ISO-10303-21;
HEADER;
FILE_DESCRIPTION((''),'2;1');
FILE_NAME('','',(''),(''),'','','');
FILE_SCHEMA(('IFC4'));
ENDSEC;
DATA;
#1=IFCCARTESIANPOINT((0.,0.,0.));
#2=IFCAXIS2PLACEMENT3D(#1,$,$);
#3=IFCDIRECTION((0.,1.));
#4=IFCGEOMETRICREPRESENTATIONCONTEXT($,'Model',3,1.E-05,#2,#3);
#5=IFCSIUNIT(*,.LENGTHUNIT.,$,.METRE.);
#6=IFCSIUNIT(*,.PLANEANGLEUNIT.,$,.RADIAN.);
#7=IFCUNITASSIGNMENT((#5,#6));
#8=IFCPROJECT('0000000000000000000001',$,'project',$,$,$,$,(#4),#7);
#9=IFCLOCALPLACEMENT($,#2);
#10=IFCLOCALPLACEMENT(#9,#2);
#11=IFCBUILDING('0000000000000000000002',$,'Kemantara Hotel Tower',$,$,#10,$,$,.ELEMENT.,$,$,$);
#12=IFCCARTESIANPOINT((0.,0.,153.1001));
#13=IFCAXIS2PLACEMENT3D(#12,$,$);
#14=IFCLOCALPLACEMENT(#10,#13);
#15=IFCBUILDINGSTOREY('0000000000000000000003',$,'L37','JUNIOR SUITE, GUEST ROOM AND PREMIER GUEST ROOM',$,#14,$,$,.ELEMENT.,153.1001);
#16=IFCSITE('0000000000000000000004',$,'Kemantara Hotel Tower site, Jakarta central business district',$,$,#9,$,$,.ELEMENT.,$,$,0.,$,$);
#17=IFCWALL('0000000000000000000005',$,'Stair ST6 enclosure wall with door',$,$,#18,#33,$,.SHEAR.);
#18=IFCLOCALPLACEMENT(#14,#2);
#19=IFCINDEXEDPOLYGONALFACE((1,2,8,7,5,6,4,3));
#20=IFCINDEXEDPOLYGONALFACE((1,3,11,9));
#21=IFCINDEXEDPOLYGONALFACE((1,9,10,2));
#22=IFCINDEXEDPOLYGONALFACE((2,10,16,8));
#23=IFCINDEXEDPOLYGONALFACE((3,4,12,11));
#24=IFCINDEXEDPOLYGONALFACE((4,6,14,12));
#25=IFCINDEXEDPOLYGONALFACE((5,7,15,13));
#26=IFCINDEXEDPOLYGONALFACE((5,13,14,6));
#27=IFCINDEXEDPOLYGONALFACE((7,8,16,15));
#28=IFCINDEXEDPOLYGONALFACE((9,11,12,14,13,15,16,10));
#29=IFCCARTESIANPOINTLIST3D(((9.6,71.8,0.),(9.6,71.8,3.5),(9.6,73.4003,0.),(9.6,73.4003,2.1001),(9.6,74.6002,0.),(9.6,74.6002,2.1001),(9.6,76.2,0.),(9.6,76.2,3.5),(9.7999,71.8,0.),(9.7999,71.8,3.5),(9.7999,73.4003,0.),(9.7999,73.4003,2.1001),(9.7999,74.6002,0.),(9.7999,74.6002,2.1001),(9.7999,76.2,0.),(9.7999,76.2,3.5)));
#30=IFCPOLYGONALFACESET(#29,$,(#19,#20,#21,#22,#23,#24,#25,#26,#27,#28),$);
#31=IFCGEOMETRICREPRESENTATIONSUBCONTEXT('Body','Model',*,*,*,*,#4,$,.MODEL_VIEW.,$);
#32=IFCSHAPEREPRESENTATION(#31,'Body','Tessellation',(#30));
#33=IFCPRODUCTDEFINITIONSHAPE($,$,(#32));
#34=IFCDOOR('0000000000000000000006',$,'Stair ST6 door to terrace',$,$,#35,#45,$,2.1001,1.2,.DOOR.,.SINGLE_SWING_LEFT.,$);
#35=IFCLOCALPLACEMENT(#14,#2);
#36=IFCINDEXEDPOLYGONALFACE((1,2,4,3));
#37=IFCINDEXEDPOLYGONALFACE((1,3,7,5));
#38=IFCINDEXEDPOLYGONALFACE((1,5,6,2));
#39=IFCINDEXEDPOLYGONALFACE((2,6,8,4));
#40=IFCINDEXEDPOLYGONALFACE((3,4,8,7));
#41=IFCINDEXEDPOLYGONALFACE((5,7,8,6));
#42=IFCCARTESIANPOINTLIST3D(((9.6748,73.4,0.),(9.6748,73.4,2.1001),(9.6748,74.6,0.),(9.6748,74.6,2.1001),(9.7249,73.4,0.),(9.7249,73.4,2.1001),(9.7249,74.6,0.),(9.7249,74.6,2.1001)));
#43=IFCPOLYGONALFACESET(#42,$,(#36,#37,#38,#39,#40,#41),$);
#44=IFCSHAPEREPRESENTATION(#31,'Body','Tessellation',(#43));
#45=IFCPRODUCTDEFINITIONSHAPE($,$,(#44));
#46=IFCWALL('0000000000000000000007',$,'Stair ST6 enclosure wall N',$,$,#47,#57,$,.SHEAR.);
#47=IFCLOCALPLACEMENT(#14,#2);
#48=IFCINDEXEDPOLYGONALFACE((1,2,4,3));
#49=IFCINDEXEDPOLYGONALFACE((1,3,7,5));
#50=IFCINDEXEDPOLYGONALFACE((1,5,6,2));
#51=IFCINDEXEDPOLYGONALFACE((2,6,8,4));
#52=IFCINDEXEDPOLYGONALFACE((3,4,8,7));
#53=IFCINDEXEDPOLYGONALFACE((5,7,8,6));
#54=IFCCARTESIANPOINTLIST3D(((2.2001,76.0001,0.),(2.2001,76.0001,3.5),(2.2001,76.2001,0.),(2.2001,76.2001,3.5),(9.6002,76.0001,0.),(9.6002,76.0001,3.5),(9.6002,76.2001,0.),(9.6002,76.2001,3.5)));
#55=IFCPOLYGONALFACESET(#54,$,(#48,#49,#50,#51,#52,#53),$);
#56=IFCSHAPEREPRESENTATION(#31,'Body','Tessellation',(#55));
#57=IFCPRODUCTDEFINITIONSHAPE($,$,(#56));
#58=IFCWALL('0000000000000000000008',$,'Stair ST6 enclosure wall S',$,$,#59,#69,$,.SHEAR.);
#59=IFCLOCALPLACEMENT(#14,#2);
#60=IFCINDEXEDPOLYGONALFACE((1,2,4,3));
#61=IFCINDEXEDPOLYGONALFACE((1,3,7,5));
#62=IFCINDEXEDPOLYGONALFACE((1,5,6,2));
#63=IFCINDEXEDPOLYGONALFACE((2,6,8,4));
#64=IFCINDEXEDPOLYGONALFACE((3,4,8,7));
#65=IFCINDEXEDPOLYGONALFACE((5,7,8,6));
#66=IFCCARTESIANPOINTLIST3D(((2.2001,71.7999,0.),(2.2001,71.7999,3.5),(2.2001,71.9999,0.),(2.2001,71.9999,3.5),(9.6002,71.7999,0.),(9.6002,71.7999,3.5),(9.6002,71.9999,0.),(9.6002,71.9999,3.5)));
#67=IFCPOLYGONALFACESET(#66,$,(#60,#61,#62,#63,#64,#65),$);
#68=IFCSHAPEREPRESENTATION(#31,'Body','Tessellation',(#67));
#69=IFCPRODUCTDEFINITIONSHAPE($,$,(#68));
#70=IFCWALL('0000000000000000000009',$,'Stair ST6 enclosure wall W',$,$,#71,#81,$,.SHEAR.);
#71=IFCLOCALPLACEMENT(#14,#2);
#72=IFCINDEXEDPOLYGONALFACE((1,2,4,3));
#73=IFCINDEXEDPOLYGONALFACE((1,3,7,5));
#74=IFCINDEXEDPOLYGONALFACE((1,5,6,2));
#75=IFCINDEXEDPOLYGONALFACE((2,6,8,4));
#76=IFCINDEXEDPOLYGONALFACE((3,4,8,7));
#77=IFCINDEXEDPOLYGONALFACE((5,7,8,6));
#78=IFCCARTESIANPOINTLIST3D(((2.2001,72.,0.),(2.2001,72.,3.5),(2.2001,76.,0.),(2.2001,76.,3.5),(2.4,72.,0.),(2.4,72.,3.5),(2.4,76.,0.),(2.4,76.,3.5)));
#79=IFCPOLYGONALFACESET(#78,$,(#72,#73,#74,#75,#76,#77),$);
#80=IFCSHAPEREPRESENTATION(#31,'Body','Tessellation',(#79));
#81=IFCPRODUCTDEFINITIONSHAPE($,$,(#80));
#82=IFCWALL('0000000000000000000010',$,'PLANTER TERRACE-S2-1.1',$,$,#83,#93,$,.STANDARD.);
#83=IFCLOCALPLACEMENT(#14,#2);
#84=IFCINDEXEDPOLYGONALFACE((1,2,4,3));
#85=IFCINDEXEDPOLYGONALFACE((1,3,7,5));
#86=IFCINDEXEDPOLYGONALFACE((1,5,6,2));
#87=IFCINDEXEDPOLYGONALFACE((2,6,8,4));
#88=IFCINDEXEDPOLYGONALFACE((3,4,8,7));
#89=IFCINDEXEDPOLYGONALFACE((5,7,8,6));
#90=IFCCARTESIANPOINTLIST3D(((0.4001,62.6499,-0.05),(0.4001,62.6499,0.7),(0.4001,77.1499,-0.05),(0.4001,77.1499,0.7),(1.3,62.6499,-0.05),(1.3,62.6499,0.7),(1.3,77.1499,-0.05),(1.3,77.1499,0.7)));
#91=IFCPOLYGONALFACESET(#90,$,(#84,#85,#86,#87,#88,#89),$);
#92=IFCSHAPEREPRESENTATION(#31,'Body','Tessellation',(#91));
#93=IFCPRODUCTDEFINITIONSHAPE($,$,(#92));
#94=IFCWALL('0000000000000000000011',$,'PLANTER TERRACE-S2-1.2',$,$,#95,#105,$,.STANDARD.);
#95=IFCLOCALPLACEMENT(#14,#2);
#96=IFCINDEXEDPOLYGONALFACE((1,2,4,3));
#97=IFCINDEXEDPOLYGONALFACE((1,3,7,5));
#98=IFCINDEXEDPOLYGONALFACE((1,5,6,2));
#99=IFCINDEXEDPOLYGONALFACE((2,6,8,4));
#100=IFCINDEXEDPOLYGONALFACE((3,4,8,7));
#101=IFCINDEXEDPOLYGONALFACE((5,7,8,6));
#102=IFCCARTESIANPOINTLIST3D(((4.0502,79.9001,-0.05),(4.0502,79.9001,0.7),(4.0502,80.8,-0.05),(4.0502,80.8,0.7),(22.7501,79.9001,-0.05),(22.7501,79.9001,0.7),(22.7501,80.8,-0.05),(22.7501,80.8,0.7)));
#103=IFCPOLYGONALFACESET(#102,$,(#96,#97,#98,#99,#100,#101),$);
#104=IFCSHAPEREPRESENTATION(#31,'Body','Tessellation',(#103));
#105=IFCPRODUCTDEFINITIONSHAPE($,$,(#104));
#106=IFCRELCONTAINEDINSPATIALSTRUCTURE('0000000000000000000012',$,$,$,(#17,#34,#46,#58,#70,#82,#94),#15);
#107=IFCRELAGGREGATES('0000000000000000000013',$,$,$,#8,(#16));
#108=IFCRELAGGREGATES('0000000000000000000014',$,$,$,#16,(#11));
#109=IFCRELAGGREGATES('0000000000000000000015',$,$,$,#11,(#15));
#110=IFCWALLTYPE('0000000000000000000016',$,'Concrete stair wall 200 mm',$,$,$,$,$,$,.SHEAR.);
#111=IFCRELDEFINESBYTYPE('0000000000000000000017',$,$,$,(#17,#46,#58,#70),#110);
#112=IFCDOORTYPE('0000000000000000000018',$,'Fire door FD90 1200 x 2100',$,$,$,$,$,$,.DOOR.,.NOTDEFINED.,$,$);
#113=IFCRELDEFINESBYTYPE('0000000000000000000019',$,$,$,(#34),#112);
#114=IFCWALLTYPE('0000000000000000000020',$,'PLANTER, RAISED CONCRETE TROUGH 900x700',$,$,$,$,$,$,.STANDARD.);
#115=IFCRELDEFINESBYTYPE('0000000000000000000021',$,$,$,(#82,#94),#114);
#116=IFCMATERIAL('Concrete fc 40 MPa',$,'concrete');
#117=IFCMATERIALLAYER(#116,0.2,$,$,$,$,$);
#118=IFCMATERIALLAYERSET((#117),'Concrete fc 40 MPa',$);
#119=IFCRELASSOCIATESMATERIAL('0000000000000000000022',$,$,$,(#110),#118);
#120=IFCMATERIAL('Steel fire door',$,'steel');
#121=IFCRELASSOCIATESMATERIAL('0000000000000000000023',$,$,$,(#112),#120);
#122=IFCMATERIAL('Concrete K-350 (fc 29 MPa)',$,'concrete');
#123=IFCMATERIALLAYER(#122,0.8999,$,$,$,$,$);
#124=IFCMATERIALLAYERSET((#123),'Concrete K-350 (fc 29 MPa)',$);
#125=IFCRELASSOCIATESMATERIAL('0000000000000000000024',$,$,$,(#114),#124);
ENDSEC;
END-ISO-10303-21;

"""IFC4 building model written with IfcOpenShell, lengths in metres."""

from ifc_helpers import new_model, si_unit, direction, frame, frame_2d, origin, place, context, subcontext, project, spatial, rectangle, extrude, material, layer, layer_set, type_object, element, fill, save


model = new_model("IFC4")

# Units and contexts
model_context = context("Model", 3, precision=1e-05, world=origin(), true_north=direction((0.0, 1.0)))
body_context = subcontext(model_context, "Body", "Model", "MODEL_VIEW")
ifc_project = project(units=[si_unit("LENGTHUNIT", "METRE"), si_unit("PLANEANGLEUNIT", "RADIAN")], contexts=[model_context])

# Site, building, storey
site_placement = place(None, origin())
site = spatial("IfcSite", under=ifc_project, at=site_placement, Name="Kemantara Hotel Tower site, Jakarta central business district", CompositionType="ELEMENT", RefElevation=0.0)
building_placement = place(site_placement, origin())
building = spatial("IfcBuilding", under=site, at=building_placement, Name="Kemantara Hotel Tower", CompositionType="ELEMENT")
storey_placement = place(building_placement, frame((0.0, 0.0, 153.1001)))
storey = spatial("IfcBuildingStorey", under=building, at=storey_placement, Name="L37", Description="JUNIOR SUITE, GUEST ROOM AND PREMIER GUEST ROOM", CompositionType="ELEMENT", Elevation=153.1001)

# Wall, opening, door
ifc_material_1 = material(Name="Concrete fc 40 MPa", Category="concrete")
ifc_layer_1 = layer(ifc_material_1, 0.2)
ifc_layer_set_1 = layer_set([ifc_layer_1], Name="Concrete fc 40 MPa")
wall_type_1 = type_object("IfcWallType", Name="Concrete stair wall 200 mm", PredefinedType="SHEAR", material=ifc_layer_set_1)
wall_1_placement = place(storey_placement, frame((9.7, 71.8, 0.0), z_axis=(0.0, 0.0, 1.0), x_axis=(0.0, 1.0, 0.0)))
wall_1 = element("IfcWall", 1, at=wall_1_placement, inside=storey, type_object=wall_type_1, Name="Stair ST6 enclosure wall with door", PredefinedType="SHEAR", context=body_context, shape_type="SweptSolid", body=[
    extrude(rectangle(XDim=4.3999, YDim=0.2, at=frame_2d((2.2, 0.0))), origin(), (0.0, 0.0, 1.0), 3.5),
])
opening_1_placement = place(wall_1_placement, frame((1.6001, 0.0, 0.0)))
opening_1 = element("IfcOpeningElement", 2, at=opening_1_placement, cuts=wall_1, PredefinedType="OPENING", context=body_context, shape_type="SweptSolid", body=[
    extrude(rectangle(XDim=1.2, YDim=2.1001, at=frame_2d((0.6001, 1.05))), frame((0.0, 0.1099, 0.0), z_axis=(0.0, -1.0, 0.0), x_axis=(1.0, 0.0, 0.0)), (0.0, 0.0, 1.0), 0.22),
])
ifc_material_2 = material(Name="Steel fire door", Category="steel")
door_type_1 = type_object("IfcDoorType", Name="Fire door FD90 1200 x 2100", OperationType="NOTDEFINED", PredefinedType="DOOR", material=ifc_material_2)
door_1_placement = place(opening_1_placement, frame((1.2, 0.0, 0.0), z_axis=(0.0, 0.0, 1.0), x_axis=(-1.0, 0.0, 0.0)))
door_1 = element("IfcDoor", 3, at=door_1_placement, inside=storey, type_object=door_type_1, Name="Stair ST6 door to terrace", OperationType="SINGLE_SWING_LEFT", OverallHeight=2.1001, OverallWidth=1.2, PredefinedType="DOOR", context=body_context, shape_type="SweptSolid", body=[
    extrude(rectangle(XDim=1.2, YDim=2.1001, at=frame_2d((0.6001, 1.05))), frame((0.0, 0.0249, 0.0), z_axis=(0.0, -1.0, 0.0), x_axis=(1.0, 0.0, 0.0)), (0.0, 0.0, 1.0), 0.05),
])
fill(opening_1, door_1)

# Walls
for number, where, z_axis, x_axis, name in (
    (4, (2.2, 76.1001, 0.0), (0.0, 0.0, 1.0), (1.0, 0.0, 0.0), "Stair ST6 enclosure wall N"),
    (5, (2.2, 71.8999, 0.0), (0.0, 0.0, 1.0), (1.0, 0.0, 0.0), "Stair ST6 enclosure wall S"),
):
    element("IfcWall", number, at=place(storey_placement, frame(where, z_axis=z_axis, x_axis=x_axis)), inside=storey, type_object=wall_type_1, Name=name, PredefinedType="SHEAR", context=body_context, shape_type="SweptSolid", body=[
        extrude(rectangle(XDim=7.4001, YDim=0.2, at=frame_2d((3.7002, 0.0))), origin(), (0.0, 0.0, 1.0), 3.5),
    ])
wall_2_placement = place(storey_placement, frame((2.3, 72.0, 0.0), z_axis=(0.0, 0.0, 1.0), x_axis=(0.0, 1.0, 0.0)))
element("IfcWall", 6, at=wall_2_placement, inside=storey, type_object=wall_type_1, Name="Stair ST6 enclosure wall W", PredefinedType="SHEAR", context=body_context, shape_type="SweptSolid", body=[
    extrude(rectangle(XDim=4.0, YDim=0.2, at=frame_2d((2.0, 0.0))), origin(), (0.0, 0.0, 1.0), 3.5),
])
ifc_material_3 = material(Name="Concrete K-350 (fc 29 MPa)", Category="concrete")
ifc_layer_2 = layer(ifc_material_3, 0.8999)
ifc_layer_set_2 = layer_set([ifc_layer_2], Name="Concrete K-350 (fc 29 MPa)")
wall_type_2 = type_object("IfcWallType", Name="PLANTER, RAISED CONCRETE TROUGH 900x700", PredefinedType="STANDARD", material=ifc_layer_set_2)
wall_3_placement = place(storey_placement, frame((0.8501, 62.6499, -0.05), z_axis=(0.0, 0.0, 1.0), x_axis=(0.0, 1.0, 0.0)))
element("IfcWall", 7, at=wall_3_placement, inside=storey, type_object=wall_type_2, Name="PLANTER TERRACE-S2-1.1", PredefinedType="STANDARD", context=body_context, shape_type="SweptSolid", body=[
    extrude(rectangle(XDim=14.5, YDim=0.8999, at=frame_2d((7.25, 0.0))), origin(), (0.0, 0.0, 1.0), 0.75),
])
wall_4_placement = place(storey_placement, frame((4.05, 80.3501, -0.05), z_axis=(0.0, 0.0, 1.0), x_axis=(1.0, 0.0, 0.0)))
element("IfcWall", 8, at=wall_4_placement, inside=storey, type_object=wall_type_2, Name="PLANTER TERRACE-S2-1.2", PredefinedType="STANDARD", context=body_context, shape_type="SweptSolid", body=[
    extrude(rectangle(XDim=18.7, YDim=0.8999, at=frame_2d((9.3501, 0.0))), origin(), (0.0, 0.0, 1.0), 0.75),
])

save(model, "model.ifc")
